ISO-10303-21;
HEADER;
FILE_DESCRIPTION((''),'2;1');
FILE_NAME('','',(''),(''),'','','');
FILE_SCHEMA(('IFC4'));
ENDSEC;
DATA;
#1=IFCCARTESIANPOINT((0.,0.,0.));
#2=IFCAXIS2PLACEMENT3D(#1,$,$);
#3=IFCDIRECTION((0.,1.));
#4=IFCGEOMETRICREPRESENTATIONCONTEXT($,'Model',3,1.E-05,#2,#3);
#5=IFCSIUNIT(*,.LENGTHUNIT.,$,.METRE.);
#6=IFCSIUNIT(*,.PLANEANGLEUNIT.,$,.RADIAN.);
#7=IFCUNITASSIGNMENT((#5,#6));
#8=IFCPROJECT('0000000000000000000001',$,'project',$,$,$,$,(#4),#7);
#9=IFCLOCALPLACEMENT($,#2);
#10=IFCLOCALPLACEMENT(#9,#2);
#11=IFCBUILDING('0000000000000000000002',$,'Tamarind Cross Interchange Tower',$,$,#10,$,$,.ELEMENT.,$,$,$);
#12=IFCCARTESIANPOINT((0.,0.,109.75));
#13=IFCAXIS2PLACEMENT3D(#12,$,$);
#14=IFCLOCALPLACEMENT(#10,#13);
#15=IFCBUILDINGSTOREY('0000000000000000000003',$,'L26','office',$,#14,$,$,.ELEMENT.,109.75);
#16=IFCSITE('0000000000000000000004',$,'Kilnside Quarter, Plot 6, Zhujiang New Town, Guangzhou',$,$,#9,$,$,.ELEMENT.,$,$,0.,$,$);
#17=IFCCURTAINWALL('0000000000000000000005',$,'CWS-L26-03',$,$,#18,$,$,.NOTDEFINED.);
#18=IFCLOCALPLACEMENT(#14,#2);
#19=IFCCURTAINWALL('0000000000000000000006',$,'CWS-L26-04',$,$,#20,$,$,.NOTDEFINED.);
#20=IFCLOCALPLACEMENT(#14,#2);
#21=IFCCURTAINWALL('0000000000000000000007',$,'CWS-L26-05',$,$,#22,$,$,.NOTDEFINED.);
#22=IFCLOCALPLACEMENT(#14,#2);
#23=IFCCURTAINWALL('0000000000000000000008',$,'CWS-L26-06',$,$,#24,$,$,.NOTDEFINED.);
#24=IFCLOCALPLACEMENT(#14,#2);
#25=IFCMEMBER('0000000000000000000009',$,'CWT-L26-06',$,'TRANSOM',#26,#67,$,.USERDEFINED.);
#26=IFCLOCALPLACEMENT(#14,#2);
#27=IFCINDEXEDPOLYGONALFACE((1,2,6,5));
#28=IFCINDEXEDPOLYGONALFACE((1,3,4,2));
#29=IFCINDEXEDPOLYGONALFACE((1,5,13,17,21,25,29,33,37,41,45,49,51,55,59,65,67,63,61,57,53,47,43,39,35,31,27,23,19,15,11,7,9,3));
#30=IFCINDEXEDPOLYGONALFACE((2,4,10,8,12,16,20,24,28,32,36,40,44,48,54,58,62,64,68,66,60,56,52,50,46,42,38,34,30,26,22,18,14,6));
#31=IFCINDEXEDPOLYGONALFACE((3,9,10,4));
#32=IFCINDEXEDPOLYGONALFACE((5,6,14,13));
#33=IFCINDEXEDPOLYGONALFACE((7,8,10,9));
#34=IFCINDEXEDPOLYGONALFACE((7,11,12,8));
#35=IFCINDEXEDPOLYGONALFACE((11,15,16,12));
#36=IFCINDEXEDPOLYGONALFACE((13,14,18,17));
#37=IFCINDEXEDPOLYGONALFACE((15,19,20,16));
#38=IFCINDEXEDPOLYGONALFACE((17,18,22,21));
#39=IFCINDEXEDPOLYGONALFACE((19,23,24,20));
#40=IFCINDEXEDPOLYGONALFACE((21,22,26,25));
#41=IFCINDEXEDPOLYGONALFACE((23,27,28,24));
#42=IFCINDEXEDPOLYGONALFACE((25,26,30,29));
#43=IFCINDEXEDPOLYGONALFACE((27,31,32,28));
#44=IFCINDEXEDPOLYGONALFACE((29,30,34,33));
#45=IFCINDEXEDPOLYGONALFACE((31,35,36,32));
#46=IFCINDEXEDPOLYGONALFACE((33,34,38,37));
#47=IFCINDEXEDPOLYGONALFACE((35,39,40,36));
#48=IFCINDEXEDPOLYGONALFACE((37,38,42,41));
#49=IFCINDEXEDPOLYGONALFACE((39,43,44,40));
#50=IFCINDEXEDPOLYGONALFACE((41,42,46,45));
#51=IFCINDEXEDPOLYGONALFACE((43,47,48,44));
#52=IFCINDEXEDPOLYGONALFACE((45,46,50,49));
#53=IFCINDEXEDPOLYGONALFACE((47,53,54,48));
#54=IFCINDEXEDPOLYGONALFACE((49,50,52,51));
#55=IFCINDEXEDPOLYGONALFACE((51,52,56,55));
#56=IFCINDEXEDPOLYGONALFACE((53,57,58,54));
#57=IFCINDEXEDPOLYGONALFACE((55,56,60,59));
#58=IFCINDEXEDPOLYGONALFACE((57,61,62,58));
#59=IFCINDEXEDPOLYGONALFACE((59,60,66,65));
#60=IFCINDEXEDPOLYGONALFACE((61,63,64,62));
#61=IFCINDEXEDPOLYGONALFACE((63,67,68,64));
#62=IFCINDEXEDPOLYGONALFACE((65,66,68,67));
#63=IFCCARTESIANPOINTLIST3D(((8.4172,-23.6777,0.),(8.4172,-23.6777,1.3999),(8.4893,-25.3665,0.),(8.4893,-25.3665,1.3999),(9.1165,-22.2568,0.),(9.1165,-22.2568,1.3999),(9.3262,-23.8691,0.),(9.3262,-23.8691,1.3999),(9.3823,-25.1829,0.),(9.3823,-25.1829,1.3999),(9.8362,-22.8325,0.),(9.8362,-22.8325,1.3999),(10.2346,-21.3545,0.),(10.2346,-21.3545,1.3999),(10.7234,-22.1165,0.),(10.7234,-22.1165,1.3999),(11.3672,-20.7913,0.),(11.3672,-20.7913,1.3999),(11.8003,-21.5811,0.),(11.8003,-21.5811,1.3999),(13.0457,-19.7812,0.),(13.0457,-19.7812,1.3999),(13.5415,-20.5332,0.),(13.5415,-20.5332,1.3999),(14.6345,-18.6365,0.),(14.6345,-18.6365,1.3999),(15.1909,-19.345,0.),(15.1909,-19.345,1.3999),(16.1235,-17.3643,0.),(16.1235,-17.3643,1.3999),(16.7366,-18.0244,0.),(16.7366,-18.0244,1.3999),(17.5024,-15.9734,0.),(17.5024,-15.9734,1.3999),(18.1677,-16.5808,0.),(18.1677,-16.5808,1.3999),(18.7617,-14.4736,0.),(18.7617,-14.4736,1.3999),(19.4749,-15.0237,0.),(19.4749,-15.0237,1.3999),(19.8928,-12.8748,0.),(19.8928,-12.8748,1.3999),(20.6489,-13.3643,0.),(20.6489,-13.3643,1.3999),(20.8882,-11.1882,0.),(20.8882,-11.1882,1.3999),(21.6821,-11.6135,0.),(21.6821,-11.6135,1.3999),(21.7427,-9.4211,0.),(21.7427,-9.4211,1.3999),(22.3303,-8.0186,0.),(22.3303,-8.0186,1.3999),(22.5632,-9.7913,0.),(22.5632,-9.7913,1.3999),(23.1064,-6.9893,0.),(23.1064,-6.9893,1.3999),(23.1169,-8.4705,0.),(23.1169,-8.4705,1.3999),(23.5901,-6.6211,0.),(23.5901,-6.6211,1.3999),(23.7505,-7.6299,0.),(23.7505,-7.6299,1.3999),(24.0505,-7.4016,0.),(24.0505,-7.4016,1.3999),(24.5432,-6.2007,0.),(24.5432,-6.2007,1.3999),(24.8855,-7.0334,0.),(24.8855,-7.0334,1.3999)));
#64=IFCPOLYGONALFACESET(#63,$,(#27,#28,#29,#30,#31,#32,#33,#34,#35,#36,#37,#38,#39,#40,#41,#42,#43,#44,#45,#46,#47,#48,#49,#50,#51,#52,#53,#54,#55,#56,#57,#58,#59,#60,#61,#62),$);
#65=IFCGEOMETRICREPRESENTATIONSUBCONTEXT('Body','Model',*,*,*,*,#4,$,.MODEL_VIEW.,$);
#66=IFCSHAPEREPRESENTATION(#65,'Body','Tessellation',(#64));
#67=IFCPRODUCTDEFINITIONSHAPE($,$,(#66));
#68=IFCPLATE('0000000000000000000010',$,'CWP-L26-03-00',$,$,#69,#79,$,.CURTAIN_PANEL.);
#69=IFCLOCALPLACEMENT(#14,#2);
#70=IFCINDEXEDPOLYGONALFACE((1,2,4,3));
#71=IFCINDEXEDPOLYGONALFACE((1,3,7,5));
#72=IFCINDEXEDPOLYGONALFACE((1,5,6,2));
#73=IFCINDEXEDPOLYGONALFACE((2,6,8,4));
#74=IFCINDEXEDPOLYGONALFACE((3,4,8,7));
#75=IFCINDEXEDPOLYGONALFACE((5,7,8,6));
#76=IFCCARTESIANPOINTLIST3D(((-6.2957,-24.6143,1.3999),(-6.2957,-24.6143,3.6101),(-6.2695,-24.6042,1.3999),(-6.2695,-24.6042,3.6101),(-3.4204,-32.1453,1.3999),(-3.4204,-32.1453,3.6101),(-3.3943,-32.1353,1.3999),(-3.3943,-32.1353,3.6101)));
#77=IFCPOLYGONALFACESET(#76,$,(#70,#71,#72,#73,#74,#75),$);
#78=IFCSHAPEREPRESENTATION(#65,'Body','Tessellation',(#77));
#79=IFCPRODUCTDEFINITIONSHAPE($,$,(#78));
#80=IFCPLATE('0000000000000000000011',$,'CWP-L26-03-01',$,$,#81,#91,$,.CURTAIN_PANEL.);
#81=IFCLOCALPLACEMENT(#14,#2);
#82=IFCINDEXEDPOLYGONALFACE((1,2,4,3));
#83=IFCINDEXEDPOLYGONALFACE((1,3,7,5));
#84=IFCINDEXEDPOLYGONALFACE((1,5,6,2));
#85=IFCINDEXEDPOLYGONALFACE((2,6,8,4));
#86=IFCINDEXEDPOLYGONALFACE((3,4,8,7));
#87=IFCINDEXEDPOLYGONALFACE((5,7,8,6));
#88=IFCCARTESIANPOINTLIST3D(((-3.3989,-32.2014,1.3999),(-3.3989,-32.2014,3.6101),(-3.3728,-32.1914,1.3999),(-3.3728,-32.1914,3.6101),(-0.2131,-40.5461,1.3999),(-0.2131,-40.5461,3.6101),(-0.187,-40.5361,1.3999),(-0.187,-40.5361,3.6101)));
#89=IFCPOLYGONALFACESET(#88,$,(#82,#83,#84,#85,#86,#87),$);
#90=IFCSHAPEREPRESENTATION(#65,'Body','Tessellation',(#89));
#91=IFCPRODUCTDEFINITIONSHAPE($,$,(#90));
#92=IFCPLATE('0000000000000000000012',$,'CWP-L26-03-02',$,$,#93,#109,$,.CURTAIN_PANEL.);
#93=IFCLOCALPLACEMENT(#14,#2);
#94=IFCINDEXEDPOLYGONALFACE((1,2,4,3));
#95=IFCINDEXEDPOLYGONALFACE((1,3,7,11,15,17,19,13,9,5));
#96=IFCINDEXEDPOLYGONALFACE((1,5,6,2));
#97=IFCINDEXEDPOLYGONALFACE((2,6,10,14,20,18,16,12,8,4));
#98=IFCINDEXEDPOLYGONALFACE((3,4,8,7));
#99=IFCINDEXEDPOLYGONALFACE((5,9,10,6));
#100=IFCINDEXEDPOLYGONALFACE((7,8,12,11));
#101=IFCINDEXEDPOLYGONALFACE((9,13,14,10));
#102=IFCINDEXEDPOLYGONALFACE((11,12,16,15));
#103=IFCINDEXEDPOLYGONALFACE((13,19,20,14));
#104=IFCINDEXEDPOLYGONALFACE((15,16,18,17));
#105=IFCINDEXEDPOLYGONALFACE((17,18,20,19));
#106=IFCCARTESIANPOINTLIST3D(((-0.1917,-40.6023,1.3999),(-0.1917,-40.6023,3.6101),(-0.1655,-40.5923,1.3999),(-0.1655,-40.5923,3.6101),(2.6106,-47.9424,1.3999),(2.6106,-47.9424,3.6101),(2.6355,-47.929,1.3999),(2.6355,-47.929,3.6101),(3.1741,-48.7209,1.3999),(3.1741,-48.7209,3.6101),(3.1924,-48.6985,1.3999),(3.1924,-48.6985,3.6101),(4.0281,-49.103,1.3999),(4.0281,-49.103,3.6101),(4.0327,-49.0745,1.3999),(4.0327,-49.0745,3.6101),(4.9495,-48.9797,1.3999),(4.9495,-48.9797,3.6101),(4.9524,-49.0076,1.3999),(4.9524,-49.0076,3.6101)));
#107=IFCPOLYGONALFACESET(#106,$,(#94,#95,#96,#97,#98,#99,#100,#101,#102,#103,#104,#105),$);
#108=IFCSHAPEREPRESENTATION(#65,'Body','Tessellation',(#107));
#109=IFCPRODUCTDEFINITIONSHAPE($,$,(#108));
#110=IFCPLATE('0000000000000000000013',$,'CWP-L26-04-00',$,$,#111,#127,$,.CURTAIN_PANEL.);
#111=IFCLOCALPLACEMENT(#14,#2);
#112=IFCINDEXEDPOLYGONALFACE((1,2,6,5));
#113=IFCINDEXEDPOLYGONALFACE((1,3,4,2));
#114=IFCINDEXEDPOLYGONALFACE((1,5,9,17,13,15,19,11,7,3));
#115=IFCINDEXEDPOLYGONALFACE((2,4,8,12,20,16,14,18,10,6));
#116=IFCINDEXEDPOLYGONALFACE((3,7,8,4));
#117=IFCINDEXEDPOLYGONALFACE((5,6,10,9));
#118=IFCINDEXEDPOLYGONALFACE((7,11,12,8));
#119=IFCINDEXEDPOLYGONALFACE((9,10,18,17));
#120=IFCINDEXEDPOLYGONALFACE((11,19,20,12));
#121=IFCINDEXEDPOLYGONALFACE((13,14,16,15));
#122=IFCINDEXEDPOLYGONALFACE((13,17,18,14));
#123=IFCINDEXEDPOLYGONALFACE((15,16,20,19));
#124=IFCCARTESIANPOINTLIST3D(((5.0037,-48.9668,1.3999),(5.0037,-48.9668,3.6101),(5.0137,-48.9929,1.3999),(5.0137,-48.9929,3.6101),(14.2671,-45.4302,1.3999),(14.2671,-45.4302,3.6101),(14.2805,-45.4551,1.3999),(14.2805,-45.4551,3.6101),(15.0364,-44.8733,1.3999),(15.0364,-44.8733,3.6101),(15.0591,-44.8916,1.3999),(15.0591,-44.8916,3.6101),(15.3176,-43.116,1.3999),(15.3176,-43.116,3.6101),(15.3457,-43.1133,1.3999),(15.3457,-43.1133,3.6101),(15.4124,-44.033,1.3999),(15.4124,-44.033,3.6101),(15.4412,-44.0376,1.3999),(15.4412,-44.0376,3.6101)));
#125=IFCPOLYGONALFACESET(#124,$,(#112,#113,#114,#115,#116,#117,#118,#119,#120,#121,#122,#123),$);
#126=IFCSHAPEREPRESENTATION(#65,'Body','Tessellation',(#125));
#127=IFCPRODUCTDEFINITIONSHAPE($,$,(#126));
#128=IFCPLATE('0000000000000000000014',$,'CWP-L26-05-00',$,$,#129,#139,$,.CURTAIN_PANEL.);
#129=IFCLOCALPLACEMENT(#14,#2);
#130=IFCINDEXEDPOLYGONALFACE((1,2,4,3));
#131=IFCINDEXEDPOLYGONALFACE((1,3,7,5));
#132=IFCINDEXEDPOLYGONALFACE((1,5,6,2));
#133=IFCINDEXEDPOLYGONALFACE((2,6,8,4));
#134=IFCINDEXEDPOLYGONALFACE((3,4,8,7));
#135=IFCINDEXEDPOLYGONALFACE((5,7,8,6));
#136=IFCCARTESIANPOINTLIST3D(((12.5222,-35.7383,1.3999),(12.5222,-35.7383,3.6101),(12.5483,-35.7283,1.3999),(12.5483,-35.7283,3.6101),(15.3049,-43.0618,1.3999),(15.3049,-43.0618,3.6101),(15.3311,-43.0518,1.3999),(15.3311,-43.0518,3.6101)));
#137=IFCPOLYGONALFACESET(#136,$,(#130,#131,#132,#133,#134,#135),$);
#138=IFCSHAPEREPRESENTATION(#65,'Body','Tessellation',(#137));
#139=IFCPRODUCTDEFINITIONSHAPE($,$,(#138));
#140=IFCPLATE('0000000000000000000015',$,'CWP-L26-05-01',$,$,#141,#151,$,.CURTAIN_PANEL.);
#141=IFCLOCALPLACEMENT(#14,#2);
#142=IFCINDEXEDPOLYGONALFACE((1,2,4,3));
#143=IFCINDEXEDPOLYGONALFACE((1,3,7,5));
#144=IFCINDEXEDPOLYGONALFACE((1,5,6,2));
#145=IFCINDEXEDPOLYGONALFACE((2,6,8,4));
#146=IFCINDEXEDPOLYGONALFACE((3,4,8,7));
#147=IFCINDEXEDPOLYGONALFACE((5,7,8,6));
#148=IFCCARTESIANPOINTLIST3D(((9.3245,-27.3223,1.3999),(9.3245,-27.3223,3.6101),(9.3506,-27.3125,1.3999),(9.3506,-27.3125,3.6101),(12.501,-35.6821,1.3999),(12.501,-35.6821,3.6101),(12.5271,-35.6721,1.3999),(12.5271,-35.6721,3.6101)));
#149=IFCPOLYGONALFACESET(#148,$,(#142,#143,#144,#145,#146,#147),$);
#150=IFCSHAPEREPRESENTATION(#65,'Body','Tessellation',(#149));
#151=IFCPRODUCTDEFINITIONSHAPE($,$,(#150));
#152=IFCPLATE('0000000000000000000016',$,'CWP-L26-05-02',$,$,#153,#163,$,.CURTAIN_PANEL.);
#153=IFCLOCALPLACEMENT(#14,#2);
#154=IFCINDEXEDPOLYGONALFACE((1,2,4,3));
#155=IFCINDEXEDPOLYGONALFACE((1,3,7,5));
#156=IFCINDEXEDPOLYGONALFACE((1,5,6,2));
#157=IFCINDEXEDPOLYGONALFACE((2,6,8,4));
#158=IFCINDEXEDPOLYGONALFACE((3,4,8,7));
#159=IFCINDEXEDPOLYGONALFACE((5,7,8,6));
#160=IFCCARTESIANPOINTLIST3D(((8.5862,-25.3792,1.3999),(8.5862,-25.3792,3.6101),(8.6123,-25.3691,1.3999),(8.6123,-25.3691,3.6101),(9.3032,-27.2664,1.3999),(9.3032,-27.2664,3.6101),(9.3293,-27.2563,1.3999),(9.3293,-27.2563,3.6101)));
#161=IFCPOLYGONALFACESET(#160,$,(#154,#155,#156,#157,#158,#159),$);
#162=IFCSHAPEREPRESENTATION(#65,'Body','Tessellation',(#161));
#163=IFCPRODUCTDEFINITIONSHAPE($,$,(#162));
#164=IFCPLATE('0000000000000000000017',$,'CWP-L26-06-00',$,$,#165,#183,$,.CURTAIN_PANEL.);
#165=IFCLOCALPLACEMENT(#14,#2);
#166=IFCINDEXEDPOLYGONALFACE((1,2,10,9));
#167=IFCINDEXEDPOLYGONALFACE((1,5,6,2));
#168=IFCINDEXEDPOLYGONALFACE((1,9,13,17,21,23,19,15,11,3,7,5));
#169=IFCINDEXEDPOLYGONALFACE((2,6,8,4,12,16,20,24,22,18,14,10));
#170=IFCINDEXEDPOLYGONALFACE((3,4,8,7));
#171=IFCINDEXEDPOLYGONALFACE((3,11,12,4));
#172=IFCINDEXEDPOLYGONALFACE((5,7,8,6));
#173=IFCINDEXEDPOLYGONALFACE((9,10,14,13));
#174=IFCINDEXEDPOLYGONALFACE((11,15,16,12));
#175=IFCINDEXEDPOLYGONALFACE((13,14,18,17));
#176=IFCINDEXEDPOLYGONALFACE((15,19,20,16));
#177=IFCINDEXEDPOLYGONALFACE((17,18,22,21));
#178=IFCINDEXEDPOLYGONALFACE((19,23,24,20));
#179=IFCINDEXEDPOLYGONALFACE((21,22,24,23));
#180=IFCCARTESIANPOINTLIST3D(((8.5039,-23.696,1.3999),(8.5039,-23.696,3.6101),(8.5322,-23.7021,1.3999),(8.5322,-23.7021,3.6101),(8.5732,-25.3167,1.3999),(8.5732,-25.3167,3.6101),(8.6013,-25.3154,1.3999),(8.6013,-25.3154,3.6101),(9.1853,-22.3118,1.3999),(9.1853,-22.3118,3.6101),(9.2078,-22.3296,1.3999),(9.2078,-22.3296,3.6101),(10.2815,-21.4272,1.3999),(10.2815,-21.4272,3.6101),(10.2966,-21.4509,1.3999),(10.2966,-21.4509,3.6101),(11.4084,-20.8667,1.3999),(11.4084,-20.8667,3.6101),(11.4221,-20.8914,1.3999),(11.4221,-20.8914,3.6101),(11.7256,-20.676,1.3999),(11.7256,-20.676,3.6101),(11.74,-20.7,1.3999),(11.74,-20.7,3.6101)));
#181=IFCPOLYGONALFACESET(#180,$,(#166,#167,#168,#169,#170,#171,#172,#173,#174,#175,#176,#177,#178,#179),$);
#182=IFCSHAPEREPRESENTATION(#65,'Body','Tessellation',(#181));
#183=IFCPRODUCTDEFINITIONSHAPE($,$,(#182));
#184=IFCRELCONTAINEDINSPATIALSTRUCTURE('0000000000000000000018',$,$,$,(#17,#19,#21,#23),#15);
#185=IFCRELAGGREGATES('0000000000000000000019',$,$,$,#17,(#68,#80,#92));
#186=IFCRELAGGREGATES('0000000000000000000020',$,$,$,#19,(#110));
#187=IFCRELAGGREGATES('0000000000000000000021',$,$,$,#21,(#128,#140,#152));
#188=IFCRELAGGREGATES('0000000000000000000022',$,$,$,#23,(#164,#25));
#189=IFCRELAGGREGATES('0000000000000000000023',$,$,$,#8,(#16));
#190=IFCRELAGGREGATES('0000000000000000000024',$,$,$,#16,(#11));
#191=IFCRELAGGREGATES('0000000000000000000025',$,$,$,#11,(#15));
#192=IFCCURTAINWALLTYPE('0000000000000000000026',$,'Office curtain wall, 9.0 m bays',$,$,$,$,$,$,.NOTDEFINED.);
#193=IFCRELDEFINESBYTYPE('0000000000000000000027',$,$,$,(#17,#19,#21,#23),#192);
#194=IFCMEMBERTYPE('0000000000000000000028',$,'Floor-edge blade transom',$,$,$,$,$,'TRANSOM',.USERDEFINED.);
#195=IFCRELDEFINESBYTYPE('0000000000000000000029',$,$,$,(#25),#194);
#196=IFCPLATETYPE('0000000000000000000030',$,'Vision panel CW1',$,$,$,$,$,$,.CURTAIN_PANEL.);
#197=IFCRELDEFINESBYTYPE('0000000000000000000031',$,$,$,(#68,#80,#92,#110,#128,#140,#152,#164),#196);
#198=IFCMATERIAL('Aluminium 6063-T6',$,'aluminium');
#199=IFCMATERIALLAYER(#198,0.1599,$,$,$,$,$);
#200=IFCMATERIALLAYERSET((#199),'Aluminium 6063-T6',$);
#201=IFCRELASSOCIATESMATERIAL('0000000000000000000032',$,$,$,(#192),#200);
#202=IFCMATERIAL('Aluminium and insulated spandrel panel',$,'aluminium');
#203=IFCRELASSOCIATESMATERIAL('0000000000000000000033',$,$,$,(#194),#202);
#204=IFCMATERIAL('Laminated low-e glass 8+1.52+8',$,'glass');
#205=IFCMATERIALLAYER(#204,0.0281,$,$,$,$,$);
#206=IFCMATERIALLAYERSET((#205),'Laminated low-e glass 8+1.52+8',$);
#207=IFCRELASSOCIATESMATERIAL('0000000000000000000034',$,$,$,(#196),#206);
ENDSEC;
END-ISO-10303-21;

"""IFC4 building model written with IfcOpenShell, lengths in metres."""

from ifc_helpers import new_model, si_unit, direction, frame, origin, place, context, subcontext, project, spatial, polyline, outline, extrude, material, layer, layer_set, type_object, element, aggregate, save


model = new_model("IFC4")

# Units and contexts
model_context = context("Model", 3, precision=1e-05, world=origin(), true_north=direction((0.0, 1.0)))
body_context = subcontext(model_context, "Body", "Model", "MODEL_VIEW")
ifc_project = project(units=[si_unit("LENGTHUNIT", "METRE"), si_unit("PLANEANGLEUNIT", "RADIAN")], contexts=[model_context])

# Site, building, storey
site_placement = place(None, origin())
site = spatial("IfcSite", under=ifc_project, at=site_placement, Name="Kilnside Quarter, Plot 6, Zhujiang New Town, Guangzhou", CompositionType="ELEMENT", RefElevation=0.0)
building_placement = place(site_placement, origin())
building = spatial("IfcBuilding", under=site, at=building_placement, Name="Tamarind Cross Interchange Tower", CompositionType="ELEMENT")
storey_placement = place(building_placement, frame((0.0, 0.0, 109.75)))
storey = spatial("IfcBuildingStorey", under=building, at=storey_placement, Name="L26", Description="office", CompositionType="ELEMENT", Elevation=109.75)

# Curtain walls, member
ifc_material_1 = material(Name="Aluminium 6063-T6", Category="aluminium")
ifc_layer_1 = layer(ifc_material_1, 0.1599)
ifc_layer_set_1 = layer_set([ifc_layer_1], Name="Aluminium 6063-T6")
curtain_wall_type = type_object("IfcCurtainWallType", Name="Office curtain wall, 9.0 m bays", PredefinedType="NOTDEFINED", material=ifc_layer_set_1)
curtain_wall_1_placement = place(storey_placement, origin())
curtain_wall_1 = element("IfcCurtainWall", 1, at=curtain_wall_1_placement, inside=storey, type_object=curtain_wall_type, Name="CWS-L26-03", PredefinedType="NOTDEFINED")
ifc_material_2 = material(Name="Aluminium and insulated spandrel panel", Category="aluminium")
member_type = type_object("IfcMemberType", Name="Floor-edge blade transom", ElementType="TRANSOM", PredefinedType="USERDEFINED", material=ifc_material_2)
curtain_wall_2_placement = place(storey_placement, origin())
curtain_wall_2 = element("IfcCurtainWall", 2, at=curtain_wall_2_placement, inside=storey, type_object=curtain_wall_type, Name="CWS-L26-04", PredefinedType="NOTDEFINED")
curtain_wall_3_placement = place(storey_placement, origin())
curtain_wall_3 = element("IfcCurtainWall", 3, at=curtain_wall_3_placement, inside=storey, type_object=curtain_wall_type, Name="CWS-L26-05", PredefinedType="NOTDEFINED")
curtain_wall_4_placement = place(storey_placement, origin())
curtain_wall_4 = element("IfcCurtainWall", 4, at=curtain_wall_4_placement, inside=storey, type_object=curtain_wall_type, Name="CWS-L26-06", PredefinedType="NOTDEFINED")
member_1_placement = place(storey_placement, origin())
member_1 = element("IfcMember", 5, at=member_1_placement, type_object=member_type, Name="CWT-L26-06", ObjectType="TRANSOM", PredefinedType="USERDEFINED", context=body_context, shape_type="SweptSolid", body=[
    extrude(outline(polyline([(8.4893, -25.3665), (8.4172, -23.6777), (9.1165, -22.2568), (10.2346, -21.3545), (11.3672, -20.7913), (13.0457, -19.7812), (14.6345, -18.6365), (16.1235, -17.3643), (17.5024, -15.9734), (18.7617, -14.4736), (19.8928, -12.8748), (20.8882, -11.1882), (21.7427, -9.4211), (22.3303, -8.0186), (23.1064, -6.9893), (23.5901, -6.6211), (24.5432, -6.2007), (24.8855, -7.0334), (24.0505, -7.4016), (23.7505, -7.6299), (23.1169, -8.4705), (22.5632, -9.7913), (21.6821, -11.6135), (20.6489, -13.3643), (19.4749, -15.0237), (18.1677, -16.5808), (16.7366, -18.0244), (15.1909, -19.345), (13.5415, -20.5332), (11.8003, -21.5811), (10.7234, -22.1165), (9.8362, -22.8325), (9.3262, -23.8691), (9.3823, -25.1829), (8.4893, -25.3665)])), origin(), (0.0, 0.0, 1.0), 1.3999),
])

# Plates
ifc_material_3 = material(Name="Laminated low-e glass 8+1.52+8", Category="glass")
ifc_layer_2 = layer(ifc_material_3, 0.0281)
ifc_layer_set_2 = layer_set([ifc_layer_2], Name="Laminated low-e glass 8+1.52+8")
plate_type = type_object("IfcPlateType", Name="Vision panel CW1", PredefinedType="CURTAIN_PANEL", material=ifc_layer_set_2)
plate_1_placement = place(storey_placement, frame((0.0, 0.0, 1.3999)))
plate_1 = element("IfcPlate", 6, at=plate_1_placement, type_object=plate_type, Name="CWP-L26-03-00", PredefinedType="CURTAIN_PANEL", context=body_context, shape_type="SweptSolid", body=[
    extrude(outline(polyline([(-6.2695, -24.6042), (-3.3943, -32.1353), (-3.4204, -32.1453), (-6.2957, -24.6143), (-6.2695, -24.6042)])), origin(), (0.0, 0.0, 1.0), 2.2102),
])
plate_2_placement = place(storey_placement, frame((0.0, 0.0, 1.3999)))
plate_2 = element("IfcPlate", 7, at=plate_2_placement, type_object=plate_type, Name="CWP-L26-03-01", PredefinedType="CURTAIN_PANEL", context=body_context, shape_type="SweptSolid", body=[
    extrude(outline(polyline([(-3.3728, -32.1914), (-0.187, -40.5361), (-0.2131, -40.5461), (-3.3989, -32.2014), (-3.3728, -32.1914)])), origin(), (0.0, 0.0, 1.0), 2.2102),
])
plate_3_placement = place(storey_placement, frame((0.0, 0.0, 1.3999)))
plate_3 = element("IfcPlate", 8, at=plate_3_placement, type_object=plate_type, Name="CWP-L26-03-02", PredefinedType="CURTAIN_PANEL", context=body_context, shape_type="SweptSolid", body=[
    extrude(outline(polyline([(-0.1655, -40.5923), (2.6355, -47.929), (3.1924, -48.6985), (4.0327, -49.0745), (4.9495, -48.9797), (4.9524, -49.0076), (4.0281, -49.103), (3.1741, -48.7209), (2.6106, -47.9424), (-0.1917, -40.6023), (-0.1655, -40.5923)])), origin(), (0.0, 0.0, 1.0), 2.2102),
])
aggregate(curtain_wall_1, [plate_1, plate_2, plate_3])
plate_4_placement = place(storey_placement, frame((0.0, 0.0, 1.3999)))
plate_4 = element("IfcPlate", 9, at=plate_4_placement, type_object=plate_type, Name="CWP-L26-04-00", PredefinedType="CURTAIN_PANEL", context=body_context, shape_type="SweptSolid", body=[
    extrude(outline(polyline([(5.0037, -48.9668), (14.2671, -45.4302), (15.0364, -44.8733), (15.4124, -44.033), (15.3176, -43.116), (15.3457, -43.1133), (15.4412, -44.0376), (15.0591, -44.8916), (14.2805, -45.4551), (5.0137, -48.9929), (5.0037, -48.9668)])), origin(), (0.0, 0.0, 1.0), 2.2102),
])
aggregate(curtain_wall_2, [plate_4])
plate_5_placement = place(storey_placement, frame((0.0, 0.0, 1.3999)))
plate_5 = element("IfcPlate", 10, at=plate_5_placement, type_object=plate_type, Name="CWP-L26-05-00", PredefinedType="CURTAIN_PANEL", context=body_context, shape_type="SweptSolid", body=[
    extrude(outline(polyline([(15.3049, -43.0618), (12.5222, -35.7383), (12.5483, -35.7283), (15.3311, -43.0518), (15.3049, -43.0618)])), origin(), (0.0, 0.0, 1.0), 2.2102),
])
plate_6_placement = place(storey_placement, frame((0.0, 0.0, 1.3999)))
plate_6 = element("IfcPlate", 11, at=plate_6_placement, type_object=plate_type, Name="CWP-L26-05-01", PredefinedType="CURTAIN_PANEL", context=body_context, shape_type="SweptSolid", body=[
    extrude(outline(polyline([(12.501, -35.6821), (9.3245, -27.3223), (9.3506, -27.3125), (12.5271, -35.6721), (12.501, -35.6821)])), origin(), (0.0, 0.0, 1.0), 2.2102),
])
plate_7_placement = place(storey_placement, frame((0.0, 0.0, 1.3999)))
plate_7 = element("IfcPlate", 12, at=plate_7_placement, type_object=plate_type, Name="CWP-L26-05-02", PredefinedType="CURTAIN_PANEL", context=body_context, shape_type="SweptSolid", body=[
    extrude(outline(polyline([(9.3032, -27.2664), (8.5862, -25.3792), (8.6123, -25.3691), (9.3293, -27.2563), (9.3032, -27.2664)])), origin(), (0.0, 0.0, 1.0), 2.2102),
])
aggregate(curtain_wall_3, [plate_5, plate_6, plate_7])
plate_8_placement = place(storey_placement, frame((0.0, 0.0, 1.3999)))
plate_8 = element("IfcPlate", 13, at=plate_8_placement, type_object=plate_type, Name="CWP-L26-06-00", PredefinedType="CURTAIN_PANEL", context=body_context, shape_type="SweptSolid", body=[
    extrude(outline(polyline([(8.5732, -25.3167), (8.5039, -23.696), (9.1853, -22.3118), (10.2815, -21.4272), (11.4084, -20.8667), (11.7256, -20.676), (11.74, -20.7), (11.4221, -20.8914), (10.2966, -21.4509), (9.2078, -22.3296), (8.5322, -23.7021), (8.6013, -25.3154), (8.5732, -25.3167)])), origin(), (0.0, 0.0, 1.0), 2.2102),
])
aggregate(curtain_wall_4, [plate_8, member_1])

save(model, "model.ifc")
